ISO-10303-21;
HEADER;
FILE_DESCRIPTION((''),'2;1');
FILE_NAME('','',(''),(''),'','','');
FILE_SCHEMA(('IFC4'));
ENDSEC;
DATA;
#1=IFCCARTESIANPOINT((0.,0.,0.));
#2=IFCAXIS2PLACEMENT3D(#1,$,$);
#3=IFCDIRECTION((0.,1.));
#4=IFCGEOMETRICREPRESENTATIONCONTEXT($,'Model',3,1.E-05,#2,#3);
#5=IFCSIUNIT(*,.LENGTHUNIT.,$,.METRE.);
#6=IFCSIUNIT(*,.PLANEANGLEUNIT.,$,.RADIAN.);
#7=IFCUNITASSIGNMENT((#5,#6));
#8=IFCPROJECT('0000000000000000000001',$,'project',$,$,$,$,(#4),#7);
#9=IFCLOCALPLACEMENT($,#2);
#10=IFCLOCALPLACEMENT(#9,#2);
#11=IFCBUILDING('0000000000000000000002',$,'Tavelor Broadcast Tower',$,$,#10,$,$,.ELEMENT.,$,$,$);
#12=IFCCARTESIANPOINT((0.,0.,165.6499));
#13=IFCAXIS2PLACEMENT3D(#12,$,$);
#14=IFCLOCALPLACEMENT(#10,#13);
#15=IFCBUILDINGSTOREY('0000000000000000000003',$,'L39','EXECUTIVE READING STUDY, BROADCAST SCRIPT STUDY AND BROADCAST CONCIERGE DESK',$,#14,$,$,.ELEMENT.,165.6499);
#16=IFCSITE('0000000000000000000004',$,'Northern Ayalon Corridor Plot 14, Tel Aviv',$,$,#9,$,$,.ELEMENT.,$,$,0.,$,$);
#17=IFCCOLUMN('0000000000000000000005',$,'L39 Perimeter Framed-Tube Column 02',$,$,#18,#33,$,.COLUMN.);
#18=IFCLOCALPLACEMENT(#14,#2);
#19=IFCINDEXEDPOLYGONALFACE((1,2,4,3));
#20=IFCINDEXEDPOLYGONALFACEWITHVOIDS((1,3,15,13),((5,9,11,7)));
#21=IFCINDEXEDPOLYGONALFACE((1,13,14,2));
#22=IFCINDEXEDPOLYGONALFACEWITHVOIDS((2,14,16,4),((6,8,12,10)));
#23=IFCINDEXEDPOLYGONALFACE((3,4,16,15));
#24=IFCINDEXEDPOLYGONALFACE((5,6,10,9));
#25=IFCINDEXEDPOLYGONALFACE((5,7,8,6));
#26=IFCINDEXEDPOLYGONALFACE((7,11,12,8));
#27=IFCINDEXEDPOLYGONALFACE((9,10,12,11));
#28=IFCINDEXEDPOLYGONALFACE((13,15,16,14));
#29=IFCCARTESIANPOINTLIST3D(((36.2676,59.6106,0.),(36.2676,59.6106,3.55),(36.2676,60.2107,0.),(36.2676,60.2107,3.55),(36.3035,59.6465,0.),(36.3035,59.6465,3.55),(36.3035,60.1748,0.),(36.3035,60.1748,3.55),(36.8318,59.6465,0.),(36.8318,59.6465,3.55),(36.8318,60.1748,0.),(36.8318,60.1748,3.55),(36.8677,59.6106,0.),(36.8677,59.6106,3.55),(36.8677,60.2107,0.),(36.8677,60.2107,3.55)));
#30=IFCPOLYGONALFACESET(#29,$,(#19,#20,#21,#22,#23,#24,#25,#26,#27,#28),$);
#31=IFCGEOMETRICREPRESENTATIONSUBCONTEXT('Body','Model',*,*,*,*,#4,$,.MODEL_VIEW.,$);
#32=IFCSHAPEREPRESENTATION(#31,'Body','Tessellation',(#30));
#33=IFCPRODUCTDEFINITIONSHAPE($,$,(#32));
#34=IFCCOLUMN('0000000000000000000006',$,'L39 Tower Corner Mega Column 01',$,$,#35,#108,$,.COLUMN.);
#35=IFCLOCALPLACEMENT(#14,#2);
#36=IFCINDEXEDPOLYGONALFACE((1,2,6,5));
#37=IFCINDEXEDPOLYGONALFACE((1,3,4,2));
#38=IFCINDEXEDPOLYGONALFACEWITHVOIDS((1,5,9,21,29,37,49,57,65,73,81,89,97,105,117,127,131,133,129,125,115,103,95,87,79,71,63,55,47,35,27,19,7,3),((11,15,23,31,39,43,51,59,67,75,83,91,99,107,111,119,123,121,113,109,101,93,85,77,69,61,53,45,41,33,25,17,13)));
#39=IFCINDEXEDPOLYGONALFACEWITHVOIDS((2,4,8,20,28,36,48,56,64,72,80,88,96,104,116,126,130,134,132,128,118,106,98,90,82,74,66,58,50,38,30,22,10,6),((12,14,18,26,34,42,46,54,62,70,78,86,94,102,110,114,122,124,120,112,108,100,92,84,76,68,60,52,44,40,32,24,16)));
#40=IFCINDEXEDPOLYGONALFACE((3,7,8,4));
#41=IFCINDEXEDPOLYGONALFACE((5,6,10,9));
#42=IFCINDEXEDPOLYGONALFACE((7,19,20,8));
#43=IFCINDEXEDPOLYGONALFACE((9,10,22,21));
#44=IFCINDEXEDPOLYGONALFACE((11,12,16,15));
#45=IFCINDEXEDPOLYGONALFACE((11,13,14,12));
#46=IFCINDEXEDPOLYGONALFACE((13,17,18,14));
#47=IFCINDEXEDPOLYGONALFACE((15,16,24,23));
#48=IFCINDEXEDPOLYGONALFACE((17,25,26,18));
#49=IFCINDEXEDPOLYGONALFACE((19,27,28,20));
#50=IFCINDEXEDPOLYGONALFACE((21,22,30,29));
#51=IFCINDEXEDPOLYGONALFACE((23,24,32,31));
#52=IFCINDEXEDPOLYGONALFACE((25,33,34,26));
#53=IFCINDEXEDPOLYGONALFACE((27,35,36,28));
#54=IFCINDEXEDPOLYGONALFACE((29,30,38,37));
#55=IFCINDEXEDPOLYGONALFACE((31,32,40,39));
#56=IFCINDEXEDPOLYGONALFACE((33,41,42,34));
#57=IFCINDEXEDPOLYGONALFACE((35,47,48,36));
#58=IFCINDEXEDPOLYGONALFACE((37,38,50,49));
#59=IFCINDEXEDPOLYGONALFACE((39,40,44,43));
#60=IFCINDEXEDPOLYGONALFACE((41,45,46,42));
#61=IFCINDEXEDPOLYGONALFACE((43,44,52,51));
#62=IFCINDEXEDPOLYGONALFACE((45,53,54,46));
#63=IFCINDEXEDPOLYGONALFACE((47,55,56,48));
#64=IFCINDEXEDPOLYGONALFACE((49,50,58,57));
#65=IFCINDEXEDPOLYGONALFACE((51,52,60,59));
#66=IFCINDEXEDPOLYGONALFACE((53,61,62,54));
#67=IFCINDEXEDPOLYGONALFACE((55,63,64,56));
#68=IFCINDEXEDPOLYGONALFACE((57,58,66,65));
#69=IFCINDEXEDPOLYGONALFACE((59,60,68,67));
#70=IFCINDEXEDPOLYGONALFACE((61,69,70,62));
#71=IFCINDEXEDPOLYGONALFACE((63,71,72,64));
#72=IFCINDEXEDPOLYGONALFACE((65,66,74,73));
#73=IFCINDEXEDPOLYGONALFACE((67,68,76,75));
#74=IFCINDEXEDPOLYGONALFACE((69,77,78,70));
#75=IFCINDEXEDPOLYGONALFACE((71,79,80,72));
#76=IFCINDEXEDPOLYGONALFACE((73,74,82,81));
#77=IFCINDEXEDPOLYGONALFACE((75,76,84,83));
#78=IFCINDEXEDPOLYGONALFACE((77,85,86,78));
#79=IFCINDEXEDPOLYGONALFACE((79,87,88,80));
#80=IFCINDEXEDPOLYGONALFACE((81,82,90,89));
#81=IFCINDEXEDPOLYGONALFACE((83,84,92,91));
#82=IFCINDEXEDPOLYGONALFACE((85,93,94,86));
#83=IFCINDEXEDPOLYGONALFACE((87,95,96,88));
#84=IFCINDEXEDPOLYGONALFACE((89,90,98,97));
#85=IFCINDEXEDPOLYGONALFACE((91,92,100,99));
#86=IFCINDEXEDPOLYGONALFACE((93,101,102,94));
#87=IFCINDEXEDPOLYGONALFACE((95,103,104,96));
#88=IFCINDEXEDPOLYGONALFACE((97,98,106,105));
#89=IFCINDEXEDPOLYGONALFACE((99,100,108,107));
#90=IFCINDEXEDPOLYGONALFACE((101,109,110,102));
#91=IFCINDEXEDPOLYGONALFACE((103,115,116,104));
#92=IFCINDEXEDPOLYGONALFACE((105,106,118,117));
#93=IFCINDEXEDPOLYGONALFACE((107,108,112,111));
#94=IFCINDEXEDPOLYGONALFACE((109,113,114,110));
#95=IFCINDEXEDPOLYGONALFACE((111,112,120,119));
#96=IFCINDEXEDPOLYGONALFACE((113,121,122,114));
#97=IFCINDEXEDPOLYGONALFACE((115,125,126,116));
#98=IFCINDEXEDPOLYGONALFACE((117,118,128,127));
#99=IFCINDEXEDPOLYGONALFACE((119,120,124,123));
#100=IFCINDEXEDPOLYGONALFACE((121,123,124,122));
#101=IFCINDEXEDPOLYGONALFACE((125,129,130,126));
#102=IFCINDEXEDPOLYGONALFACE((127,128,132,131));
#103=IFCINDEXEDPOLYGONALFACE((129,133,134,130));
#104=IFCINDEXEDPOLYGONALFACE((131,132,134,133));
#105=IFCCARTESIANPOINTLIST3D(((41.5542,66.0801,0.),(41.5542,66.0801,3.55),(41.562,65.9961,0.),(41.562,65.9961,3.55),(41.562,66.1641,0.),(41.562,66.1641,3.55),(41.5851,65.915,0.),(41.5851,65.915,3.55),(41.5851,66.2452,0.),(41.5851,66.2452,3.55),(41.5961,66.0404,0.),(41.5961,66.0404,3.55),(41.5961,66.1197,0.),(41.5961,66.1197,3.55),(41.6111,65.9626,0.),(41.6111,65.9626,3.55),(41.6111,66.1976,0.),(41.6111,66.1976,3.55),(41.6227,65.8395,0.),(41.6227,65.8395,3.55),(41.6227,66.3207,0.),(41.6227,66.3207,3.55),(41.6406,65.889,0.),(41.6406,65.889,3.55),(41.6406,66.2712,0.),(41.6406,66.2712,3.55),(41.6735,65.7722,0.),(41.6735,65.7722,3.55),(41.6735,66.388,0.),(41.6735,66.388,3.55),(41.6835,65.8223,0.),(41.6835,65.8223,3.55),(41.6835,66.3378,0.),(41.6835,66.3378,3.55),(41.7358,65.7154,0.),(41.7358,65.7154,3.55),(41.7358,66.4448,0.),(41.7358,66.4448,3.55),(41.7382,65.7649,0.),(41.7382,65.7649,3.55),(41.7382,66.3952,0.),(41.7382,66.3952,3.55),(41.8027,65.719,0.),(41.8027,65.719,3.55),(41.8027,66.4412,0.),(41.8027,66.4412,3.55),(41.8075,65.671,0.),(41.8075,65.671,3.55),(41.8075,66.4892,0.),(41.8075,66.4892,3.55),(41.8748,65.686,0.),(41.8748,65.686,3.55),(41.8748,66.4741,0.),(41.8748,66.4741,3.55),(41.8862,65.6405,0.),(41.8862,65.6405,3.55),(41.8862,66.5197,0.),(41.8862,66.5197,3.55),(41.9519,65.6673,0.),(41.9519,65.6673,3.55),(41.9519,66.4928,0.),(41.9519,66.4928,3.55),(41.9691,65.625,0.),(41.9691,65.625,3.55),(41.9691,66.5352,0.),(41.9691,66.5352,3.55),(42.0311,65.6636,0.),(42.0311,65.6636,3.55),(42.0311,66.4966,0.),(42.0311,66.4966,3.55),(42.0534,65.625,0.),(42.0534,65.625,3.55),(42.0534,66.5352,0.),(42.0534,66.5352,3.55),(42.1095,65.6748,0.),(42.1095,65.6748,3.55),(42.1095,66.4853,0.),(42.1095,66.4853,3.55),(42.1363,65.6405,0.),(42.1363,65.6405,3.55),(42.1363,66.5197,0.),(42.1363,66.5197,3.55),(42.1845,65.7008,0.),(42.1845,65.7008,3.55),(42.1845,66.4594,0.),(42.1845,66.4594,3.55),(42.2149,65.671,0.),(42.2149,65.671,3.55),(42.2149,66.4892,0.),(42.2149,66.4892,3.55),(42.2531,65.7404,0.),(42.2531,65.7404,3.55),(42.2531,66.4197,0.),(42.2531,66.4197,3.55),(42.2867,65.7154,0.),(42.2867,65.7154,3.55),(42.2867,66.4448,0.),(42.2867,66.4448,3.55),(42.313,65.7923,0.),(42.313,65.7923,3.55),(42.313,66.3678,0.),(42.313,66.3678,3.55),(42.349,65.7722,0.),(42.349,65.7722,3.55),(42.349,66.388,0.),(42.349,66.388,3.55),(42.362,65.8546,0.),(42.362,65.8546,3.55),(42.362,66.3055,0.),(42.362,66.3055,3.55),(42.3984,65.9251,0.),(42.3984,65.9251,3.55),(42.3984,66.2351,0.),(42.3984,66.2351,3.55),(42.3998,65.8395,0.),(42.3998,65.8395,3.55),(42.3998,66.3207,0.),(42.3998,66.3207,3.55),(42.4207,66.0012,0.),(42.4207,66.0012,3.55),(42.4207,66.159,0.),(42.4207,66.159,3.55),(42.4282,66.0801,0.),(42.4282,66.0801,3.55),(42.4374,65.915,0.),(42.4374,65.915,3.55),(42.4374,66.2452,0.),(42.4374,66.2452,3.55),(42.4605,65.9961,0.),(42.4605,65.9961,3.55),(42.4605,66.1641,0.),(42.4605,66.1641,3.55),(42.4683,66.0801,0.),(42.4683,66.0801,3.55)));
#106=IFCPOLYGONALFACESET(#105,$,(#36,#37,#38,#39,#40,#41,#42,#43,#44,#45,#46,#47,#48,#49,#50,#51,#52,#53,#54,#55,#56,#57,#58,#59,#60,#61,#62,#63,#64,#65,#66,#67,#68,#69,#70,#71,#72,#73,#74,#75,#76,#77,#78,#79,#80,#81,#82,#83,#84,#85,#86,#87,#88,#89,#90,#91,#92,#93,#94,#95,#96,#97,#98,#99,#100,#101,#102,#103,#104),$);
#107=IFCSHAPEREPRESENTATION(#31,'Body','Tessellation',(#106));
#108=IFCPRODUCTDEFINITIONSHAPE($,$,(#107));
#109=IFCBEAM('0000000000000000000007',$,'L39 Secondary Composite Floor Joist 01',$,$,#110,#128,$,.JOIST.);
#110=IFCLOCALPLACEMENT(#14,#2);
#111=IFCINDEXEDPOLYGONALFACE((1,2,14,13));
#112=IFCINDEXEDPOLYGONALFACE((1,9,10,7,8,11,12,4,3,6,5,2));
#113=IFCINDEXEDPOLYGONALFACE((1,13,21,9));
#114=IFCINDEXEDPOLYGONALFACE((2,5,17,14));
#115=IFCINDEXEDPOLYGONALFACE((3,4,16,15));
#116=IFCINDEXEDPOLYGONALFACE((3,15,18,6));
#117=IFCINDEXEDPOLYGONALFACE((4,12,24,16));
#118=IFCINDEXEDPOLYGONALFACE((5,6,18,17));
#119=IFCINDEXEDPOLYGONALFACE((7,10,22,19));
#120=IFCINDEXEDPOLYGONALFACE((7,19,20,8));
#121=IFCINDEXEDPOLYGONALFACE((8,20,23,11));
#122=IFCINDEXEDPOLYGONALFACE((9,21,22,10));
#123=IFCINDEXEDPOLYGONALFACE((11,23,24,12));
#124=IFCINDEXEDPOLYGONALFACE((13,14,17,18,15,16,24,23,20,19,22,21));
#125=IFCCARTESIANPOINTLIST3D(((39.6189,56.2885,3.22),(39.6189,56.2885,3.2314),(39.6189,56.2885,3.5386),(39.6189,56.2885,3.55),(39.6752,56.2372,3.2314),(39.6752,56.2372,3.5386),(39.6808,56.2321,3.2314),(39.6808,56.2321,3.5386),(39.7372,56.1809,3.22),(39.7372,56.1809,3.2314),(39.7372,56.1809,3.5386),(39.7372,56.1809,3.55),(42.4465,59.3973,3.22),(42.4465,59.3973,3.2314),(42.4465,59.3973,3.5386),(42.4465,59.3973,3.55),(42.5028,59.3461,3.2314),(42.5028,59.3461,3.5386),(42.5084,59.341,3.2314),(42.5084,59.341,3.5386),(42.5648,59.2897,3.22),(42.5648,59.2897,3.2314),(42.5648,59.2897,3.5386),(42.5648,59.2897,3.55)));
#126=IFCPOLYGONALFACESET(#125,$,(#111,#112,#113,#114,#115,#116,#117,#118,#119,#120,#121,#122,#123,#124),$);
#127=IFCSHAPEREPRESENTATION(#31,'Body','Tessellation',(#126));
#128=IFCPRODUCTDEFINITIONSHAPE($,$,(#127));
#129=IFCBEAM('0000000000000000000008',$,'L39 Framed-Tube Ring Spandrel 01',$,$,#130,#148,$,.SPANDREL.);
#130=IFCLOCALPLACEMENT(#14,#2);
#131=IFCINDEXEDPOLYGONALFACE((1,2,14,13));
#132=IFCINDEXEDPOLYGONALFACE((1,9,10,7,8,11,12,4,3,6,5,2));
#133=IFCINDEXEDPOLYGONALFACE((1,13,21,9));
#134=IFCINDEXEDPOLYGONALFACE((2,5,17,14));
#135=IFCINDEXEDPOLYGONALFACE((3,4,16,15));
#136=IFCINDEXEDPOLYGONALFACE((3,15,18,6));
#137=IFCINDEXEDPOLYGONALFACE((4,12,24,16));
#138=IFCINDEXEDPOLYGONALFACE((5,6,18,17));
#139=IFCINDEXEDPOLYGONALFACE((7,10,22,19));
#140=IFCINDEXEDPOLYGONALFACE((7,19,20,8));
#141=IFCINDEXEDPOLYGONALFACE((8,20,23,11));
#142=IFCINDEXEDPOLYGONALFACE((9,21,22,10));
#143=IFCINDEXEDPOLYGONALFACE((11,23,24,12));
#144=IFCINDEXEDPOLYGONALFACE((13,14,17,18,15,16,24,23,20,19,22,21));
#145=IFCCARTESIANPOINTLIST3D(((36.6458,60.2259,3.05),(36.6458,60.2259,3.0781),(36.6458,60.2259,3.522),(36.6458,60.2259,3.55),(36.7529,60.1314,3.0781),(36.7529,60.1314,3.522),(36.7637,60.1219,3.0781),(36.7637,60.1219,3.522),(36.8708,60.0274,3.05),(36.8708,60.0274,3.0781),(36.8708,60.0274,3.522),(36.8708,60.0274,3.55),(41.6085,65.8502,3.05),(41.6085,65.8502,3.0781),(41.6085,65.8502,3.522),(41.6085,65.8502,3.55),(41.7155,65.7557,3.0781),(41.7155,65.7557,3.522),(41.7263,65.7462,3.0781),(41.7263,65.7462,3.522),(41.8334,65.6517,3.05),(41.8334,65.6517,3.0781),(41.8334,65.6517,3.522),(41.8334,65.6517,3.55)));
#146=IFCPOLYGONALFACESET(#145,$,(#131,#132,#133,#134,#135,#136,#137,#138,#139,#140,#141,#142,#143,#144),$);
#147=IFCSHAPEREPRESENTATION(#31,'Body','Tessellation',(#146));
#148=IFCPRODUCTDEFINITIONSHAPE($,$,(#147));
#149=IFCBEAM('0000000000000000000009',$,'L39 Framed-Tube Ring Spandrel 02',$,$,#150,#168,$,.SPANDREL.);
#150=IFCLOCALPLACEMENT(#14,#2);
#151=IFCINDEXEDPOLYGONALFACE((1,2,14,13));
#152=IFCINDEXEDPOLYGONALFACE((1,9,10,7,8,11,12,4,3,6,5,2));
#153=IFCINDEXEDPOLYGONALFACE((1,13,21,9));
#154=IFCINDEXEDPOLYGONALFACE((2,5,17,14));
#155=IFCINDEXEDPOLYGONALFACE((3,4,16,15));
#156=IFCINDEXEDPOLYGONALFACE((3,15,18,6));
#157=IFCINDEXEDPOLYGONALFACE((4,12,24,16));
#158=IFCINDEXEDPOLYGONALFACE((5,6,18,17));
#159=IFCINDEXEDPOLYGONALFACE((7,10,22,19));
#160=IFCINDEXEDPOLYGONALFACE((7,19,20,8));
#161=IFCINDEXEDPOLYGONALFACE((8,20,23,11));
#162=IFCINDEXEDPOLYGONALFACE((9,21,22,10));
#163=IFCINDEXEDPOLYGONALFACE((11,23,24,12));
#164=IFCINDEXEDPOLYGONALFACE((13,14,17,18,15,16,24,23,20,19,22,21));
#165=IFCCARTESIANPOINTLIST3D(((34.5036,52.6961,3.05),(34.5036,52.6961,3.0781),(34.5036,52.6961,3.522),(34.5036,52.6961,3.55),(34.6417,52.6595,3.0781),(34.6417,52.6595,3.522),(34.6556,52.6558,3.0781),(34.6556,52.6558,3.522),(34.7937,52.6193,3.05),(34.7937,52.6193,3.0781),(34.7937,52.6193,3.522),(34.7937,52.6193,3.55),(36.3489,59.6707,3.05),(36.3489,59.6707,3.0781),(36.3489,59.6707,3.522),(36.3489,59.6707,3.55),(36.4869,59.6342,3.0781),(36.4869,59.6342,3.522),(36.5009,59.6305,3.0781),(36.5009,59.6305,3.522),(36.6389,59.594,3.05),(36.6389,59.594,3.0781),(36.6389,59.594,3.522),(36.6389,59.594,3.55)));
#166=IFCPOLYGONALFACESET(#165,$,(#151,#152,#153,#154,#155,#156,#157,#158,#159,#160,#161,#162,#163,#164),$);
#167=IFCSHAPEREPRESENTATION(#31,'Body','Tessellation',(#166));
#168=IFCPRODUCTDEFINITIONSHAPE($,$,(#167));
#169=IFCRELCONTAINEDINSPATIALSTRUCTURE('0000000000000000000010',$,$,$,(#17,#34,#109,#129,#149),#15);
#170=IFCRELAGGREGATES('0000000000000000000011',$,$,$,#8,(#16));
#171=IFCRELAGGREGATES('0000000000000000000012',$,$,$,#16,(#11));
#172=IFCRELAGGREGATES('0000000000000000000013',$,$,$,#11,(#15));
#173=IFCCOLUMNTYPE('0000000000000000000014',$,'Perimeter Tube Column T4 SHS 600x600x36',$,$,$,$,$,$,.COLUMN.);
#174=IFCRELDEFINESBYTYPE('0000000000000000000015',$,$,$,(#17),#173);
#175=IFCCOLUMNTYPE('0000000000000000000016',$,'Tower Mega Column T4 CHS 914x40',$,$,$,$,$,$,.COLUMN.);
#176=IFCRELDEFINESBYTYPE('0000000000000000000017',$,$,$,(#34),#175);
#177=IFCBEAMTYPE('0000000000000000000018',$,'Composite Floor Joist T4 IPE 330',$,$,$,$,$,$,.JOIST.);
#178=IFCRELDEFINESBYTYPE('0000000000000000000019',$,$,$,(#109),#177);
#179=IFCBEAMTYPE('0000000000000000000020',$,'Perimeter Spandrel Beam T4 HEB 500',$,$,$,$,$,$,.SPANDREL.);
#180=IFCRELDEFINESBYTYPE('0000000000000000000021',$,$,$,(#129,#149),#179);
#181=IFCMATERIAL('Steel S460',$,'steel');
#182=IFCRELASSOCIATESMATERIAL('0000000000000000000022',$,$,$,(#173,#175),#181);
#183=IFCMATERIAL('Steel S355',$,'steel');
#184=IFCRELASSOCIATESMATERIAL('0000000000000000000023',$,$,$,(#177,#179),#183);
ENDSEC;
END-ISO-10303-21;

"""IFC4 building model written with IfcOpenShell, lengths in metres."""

from ifc_helpers import new_model, si_unit, direction, frame, origin, origin_2d, place, context, subcontext, project, spatial, hollow_rectangle, hollow_circle, i_section, extrude, material, material_profile, profile_set, type_object, element, save


model = new_model("IFC4")

# Units and contexts
model_context = context("Model", 3, precision=1e-05, world=origin(), true_north=direction((0.0, 1.0)))
body_context = subcontext(model_context, "Body", "Model", "MODEL_VIEW")
ifc_project = project(units=[si_unit("LENGTHUNIT", "METRE"), si_unit("PLANEANGLEUNIT", "RADIAN")], contexts=[model_context])

# Site, building, storey
site_placement = place(None, origin())
site = spatial("IfcSite", under=ifc_project, at=site_placement, Name="Northern Ayalon Corridor Plot 14, Tel Aviv", CompositionType="ELEMENT", RefElevation=0.0)
building_placement = place(site_placement, origin())
building = spatial("IfcBuilding", under=site, at=building_placement, Name="Tavelor Broadcast Tower", CompositionType="ELEMENT")
storey_placement = place(building_placement, frame((0.0, 0.0, 165.6499)))
storey = spatial("IfcBuildingStorey", under=building, at=storey_placement, Name="L39", Description="EXECUTIVE READING STUDY, BROADCAST SCRIPT STUDY AND BROADCAST CONCIERGE DESK", CompositionType="ELEMENT", Elevation=165.6499)

# Columns
ifc_material_1 = material(Name="Steel S460", Category="steel")
ifc_material_profile_1 = material_profile(ifc_material_1, hollow_rectangle(XDim=0.6001, YDim=0.6001, WallThickness=0.0359, at=origin_2d()), Name="SHS 600x600x36")
ifc_profile_set_1 = profile_set([ifc_material_profile_1], Name="Steel S460")
column_type_1 = type_object("IfcColumnType", Name="Perimeter Tube Column T4 SHS 600x600x36", PredefinedType="COLUMN", material=ifc_profile_set_1)
column_1_placement = place(storey_placement, frame((36.5676, 59.9106, 0.0), z_axis=(0.0, 0.0, 1.0), x_axis=(1.0, 0.0, 0.0)))
element("IfcColumn", 1, at=column_1_placement, inside=storey, type_object=column_type_1, Name="L39 Perimeter Framed-Tube Column 02", PredefinedType="COLUMN", context=body_context, shape_type="SweptSolid", body=[
    extrude(hollow_rectangle(XDim=0.6001, YDim=0.6001, WallThickness=0.0359, at=origin_2d()), origin(), (0.0, 0.0, 1.0), 3.55),
])
ifc_material_profile_2 = material_profile(ifc_material_1, hollow_circle(Radius=0.457, WallThickness=0.04, at=origin_2d()), Name="CHS 914x40")
ifc_profile_set_2 = profile_set([ifc_material_profile_2], Name="Steel S460")
column_type_2 = type_object("IfcColumnType", Name="Tower Mega Column T4 CHS 914x40", PredefinedType="COLUMN", material=ifc_profile_set_2)
column_2_placement = place(storey_placement, frame((42.0112, 66.0801, 0.0), z_axis=(0.0, 0.0, 1.0), x_axis=(1.0, 0.0, 0.0)))
element("IfcColumn", 2, at=column_2_placement, inside=storey, type_object=column_type_2, Name="L39 Tower Corner Mega Column 01", PredefinedType="COLUMN", context=body_context, shape_type="SweptSolid", body=[
    extrude(hollow_circle(Radius=0.457, WallThickness=0.04, at=origin_2d()), origin(), (0.0, 0.0, 1.0), 3.55),
])

# Beams
ifc_material_2 = material(Name="Steel S355", Category="steel")
ifc_material_profile_3 = material_profile(ifc_material_2, i_section(OverallWidth=0.1599, OverallDepth=0.3301, WebThickness=0.0076, FlangeThickness=0.0115, at=origin_2d()), Name="IPE 330")
ifc_profile_set_3 = profile_set([ifc_material_profile_3], Name="Steel S355")
beam_type_1 = type_object("IfcBeamType", Name="Composite Floor Joist T4 IPE 330", PredefinedType="JOIST", material=ifc_profile_set_3)
beam_1_placement = place(storey_placement, frame((42.5056, 59.3435, 3.385), z_axis=(-0.672852, -0.739777, 0.0), x_axis=(0.739777, -0.672852, 0.0)))
element("IfcBeam", 3, at=beam_1_placement, inside=storey, type_object=beam_type_1, Name="L39 Secondary Composite Floor Joist 01", PredefinedType="JOIST", context=body_context, shape_type="SweptSolid", body=[
    extrude(i_section(OverallWidth=0.1599, OverallDepth=0.3301, WebThickness=0.0076, FlangeThickness=0.0115, at=origin_2d()), origin(), (0.0, 0.0, 1.0), 4.2024),
])
ifc_material_profile_4 = material_profile(ifc_material_2, i_section(OverallWidth=0.3, OverallDepth=0.5, WebThickness=0.0144, FlangeThickness=0.0281, at=origin_2d()), Name="HEB 500")
ifc_profile_set_4 = profile_set([ifc_material_profile_4], Name="Steel S355")
beam_type_2 = type_object("IfcBeamType", Name="Perimeter Spandrel Beam T4 HEB 500", PredefinedType="SPANDREL", material=ifc_profile_set_4)
beam_2_placement = place(storey_placement, frame((41.7209, 65.751, 3.3), z_axis=(-0.661626, -0.749834, 0.0), x_axis=(0.749834, -0.661626, 0.0)))
element("IfcBeam", 4, at=beam_2_placement, inside=storey, type_object=beam_type_2, Name="L39 Framed-Tube Ring Spandrel 01", PredefinedType="SPANDREL", context=body_context, shape_type="SweptSolid", body=[
    extrude(i_section(OverallWidth=0.3, OverallDepth=0.5, WebThickness=0.0144, FlangeThickness=0.0281, at=origin_2d()), origin(), (0.0, 0.0, 1.0), 7.5007),
])
beam_3_placement = place(storey_placement, frame((36.4939, 59.6323, 3.3), z_axis=(-0.255762, -0.96674, 0.0), x_axis=(0.96674, -0.255762, 0.0)))
element("IfcBeam", 5, at=beam_3_placement, inside=storey, type_object=beam_type_2, Name="L39 Framed-Tube Ring Spandrel 02", PredefinedType="SPANDREL", context=body_context, shape_type="SweptSolid", body=[
    extrude(i_section(OverallWidth=0.3, OverallDepth=0.5, WebThickness=0.0144, FlangeThickness=0.0281, at=origin_2d()), origin(), (0.0, 0.0, 1.0), 7.2146),
])

save(model, "model.ifc")
